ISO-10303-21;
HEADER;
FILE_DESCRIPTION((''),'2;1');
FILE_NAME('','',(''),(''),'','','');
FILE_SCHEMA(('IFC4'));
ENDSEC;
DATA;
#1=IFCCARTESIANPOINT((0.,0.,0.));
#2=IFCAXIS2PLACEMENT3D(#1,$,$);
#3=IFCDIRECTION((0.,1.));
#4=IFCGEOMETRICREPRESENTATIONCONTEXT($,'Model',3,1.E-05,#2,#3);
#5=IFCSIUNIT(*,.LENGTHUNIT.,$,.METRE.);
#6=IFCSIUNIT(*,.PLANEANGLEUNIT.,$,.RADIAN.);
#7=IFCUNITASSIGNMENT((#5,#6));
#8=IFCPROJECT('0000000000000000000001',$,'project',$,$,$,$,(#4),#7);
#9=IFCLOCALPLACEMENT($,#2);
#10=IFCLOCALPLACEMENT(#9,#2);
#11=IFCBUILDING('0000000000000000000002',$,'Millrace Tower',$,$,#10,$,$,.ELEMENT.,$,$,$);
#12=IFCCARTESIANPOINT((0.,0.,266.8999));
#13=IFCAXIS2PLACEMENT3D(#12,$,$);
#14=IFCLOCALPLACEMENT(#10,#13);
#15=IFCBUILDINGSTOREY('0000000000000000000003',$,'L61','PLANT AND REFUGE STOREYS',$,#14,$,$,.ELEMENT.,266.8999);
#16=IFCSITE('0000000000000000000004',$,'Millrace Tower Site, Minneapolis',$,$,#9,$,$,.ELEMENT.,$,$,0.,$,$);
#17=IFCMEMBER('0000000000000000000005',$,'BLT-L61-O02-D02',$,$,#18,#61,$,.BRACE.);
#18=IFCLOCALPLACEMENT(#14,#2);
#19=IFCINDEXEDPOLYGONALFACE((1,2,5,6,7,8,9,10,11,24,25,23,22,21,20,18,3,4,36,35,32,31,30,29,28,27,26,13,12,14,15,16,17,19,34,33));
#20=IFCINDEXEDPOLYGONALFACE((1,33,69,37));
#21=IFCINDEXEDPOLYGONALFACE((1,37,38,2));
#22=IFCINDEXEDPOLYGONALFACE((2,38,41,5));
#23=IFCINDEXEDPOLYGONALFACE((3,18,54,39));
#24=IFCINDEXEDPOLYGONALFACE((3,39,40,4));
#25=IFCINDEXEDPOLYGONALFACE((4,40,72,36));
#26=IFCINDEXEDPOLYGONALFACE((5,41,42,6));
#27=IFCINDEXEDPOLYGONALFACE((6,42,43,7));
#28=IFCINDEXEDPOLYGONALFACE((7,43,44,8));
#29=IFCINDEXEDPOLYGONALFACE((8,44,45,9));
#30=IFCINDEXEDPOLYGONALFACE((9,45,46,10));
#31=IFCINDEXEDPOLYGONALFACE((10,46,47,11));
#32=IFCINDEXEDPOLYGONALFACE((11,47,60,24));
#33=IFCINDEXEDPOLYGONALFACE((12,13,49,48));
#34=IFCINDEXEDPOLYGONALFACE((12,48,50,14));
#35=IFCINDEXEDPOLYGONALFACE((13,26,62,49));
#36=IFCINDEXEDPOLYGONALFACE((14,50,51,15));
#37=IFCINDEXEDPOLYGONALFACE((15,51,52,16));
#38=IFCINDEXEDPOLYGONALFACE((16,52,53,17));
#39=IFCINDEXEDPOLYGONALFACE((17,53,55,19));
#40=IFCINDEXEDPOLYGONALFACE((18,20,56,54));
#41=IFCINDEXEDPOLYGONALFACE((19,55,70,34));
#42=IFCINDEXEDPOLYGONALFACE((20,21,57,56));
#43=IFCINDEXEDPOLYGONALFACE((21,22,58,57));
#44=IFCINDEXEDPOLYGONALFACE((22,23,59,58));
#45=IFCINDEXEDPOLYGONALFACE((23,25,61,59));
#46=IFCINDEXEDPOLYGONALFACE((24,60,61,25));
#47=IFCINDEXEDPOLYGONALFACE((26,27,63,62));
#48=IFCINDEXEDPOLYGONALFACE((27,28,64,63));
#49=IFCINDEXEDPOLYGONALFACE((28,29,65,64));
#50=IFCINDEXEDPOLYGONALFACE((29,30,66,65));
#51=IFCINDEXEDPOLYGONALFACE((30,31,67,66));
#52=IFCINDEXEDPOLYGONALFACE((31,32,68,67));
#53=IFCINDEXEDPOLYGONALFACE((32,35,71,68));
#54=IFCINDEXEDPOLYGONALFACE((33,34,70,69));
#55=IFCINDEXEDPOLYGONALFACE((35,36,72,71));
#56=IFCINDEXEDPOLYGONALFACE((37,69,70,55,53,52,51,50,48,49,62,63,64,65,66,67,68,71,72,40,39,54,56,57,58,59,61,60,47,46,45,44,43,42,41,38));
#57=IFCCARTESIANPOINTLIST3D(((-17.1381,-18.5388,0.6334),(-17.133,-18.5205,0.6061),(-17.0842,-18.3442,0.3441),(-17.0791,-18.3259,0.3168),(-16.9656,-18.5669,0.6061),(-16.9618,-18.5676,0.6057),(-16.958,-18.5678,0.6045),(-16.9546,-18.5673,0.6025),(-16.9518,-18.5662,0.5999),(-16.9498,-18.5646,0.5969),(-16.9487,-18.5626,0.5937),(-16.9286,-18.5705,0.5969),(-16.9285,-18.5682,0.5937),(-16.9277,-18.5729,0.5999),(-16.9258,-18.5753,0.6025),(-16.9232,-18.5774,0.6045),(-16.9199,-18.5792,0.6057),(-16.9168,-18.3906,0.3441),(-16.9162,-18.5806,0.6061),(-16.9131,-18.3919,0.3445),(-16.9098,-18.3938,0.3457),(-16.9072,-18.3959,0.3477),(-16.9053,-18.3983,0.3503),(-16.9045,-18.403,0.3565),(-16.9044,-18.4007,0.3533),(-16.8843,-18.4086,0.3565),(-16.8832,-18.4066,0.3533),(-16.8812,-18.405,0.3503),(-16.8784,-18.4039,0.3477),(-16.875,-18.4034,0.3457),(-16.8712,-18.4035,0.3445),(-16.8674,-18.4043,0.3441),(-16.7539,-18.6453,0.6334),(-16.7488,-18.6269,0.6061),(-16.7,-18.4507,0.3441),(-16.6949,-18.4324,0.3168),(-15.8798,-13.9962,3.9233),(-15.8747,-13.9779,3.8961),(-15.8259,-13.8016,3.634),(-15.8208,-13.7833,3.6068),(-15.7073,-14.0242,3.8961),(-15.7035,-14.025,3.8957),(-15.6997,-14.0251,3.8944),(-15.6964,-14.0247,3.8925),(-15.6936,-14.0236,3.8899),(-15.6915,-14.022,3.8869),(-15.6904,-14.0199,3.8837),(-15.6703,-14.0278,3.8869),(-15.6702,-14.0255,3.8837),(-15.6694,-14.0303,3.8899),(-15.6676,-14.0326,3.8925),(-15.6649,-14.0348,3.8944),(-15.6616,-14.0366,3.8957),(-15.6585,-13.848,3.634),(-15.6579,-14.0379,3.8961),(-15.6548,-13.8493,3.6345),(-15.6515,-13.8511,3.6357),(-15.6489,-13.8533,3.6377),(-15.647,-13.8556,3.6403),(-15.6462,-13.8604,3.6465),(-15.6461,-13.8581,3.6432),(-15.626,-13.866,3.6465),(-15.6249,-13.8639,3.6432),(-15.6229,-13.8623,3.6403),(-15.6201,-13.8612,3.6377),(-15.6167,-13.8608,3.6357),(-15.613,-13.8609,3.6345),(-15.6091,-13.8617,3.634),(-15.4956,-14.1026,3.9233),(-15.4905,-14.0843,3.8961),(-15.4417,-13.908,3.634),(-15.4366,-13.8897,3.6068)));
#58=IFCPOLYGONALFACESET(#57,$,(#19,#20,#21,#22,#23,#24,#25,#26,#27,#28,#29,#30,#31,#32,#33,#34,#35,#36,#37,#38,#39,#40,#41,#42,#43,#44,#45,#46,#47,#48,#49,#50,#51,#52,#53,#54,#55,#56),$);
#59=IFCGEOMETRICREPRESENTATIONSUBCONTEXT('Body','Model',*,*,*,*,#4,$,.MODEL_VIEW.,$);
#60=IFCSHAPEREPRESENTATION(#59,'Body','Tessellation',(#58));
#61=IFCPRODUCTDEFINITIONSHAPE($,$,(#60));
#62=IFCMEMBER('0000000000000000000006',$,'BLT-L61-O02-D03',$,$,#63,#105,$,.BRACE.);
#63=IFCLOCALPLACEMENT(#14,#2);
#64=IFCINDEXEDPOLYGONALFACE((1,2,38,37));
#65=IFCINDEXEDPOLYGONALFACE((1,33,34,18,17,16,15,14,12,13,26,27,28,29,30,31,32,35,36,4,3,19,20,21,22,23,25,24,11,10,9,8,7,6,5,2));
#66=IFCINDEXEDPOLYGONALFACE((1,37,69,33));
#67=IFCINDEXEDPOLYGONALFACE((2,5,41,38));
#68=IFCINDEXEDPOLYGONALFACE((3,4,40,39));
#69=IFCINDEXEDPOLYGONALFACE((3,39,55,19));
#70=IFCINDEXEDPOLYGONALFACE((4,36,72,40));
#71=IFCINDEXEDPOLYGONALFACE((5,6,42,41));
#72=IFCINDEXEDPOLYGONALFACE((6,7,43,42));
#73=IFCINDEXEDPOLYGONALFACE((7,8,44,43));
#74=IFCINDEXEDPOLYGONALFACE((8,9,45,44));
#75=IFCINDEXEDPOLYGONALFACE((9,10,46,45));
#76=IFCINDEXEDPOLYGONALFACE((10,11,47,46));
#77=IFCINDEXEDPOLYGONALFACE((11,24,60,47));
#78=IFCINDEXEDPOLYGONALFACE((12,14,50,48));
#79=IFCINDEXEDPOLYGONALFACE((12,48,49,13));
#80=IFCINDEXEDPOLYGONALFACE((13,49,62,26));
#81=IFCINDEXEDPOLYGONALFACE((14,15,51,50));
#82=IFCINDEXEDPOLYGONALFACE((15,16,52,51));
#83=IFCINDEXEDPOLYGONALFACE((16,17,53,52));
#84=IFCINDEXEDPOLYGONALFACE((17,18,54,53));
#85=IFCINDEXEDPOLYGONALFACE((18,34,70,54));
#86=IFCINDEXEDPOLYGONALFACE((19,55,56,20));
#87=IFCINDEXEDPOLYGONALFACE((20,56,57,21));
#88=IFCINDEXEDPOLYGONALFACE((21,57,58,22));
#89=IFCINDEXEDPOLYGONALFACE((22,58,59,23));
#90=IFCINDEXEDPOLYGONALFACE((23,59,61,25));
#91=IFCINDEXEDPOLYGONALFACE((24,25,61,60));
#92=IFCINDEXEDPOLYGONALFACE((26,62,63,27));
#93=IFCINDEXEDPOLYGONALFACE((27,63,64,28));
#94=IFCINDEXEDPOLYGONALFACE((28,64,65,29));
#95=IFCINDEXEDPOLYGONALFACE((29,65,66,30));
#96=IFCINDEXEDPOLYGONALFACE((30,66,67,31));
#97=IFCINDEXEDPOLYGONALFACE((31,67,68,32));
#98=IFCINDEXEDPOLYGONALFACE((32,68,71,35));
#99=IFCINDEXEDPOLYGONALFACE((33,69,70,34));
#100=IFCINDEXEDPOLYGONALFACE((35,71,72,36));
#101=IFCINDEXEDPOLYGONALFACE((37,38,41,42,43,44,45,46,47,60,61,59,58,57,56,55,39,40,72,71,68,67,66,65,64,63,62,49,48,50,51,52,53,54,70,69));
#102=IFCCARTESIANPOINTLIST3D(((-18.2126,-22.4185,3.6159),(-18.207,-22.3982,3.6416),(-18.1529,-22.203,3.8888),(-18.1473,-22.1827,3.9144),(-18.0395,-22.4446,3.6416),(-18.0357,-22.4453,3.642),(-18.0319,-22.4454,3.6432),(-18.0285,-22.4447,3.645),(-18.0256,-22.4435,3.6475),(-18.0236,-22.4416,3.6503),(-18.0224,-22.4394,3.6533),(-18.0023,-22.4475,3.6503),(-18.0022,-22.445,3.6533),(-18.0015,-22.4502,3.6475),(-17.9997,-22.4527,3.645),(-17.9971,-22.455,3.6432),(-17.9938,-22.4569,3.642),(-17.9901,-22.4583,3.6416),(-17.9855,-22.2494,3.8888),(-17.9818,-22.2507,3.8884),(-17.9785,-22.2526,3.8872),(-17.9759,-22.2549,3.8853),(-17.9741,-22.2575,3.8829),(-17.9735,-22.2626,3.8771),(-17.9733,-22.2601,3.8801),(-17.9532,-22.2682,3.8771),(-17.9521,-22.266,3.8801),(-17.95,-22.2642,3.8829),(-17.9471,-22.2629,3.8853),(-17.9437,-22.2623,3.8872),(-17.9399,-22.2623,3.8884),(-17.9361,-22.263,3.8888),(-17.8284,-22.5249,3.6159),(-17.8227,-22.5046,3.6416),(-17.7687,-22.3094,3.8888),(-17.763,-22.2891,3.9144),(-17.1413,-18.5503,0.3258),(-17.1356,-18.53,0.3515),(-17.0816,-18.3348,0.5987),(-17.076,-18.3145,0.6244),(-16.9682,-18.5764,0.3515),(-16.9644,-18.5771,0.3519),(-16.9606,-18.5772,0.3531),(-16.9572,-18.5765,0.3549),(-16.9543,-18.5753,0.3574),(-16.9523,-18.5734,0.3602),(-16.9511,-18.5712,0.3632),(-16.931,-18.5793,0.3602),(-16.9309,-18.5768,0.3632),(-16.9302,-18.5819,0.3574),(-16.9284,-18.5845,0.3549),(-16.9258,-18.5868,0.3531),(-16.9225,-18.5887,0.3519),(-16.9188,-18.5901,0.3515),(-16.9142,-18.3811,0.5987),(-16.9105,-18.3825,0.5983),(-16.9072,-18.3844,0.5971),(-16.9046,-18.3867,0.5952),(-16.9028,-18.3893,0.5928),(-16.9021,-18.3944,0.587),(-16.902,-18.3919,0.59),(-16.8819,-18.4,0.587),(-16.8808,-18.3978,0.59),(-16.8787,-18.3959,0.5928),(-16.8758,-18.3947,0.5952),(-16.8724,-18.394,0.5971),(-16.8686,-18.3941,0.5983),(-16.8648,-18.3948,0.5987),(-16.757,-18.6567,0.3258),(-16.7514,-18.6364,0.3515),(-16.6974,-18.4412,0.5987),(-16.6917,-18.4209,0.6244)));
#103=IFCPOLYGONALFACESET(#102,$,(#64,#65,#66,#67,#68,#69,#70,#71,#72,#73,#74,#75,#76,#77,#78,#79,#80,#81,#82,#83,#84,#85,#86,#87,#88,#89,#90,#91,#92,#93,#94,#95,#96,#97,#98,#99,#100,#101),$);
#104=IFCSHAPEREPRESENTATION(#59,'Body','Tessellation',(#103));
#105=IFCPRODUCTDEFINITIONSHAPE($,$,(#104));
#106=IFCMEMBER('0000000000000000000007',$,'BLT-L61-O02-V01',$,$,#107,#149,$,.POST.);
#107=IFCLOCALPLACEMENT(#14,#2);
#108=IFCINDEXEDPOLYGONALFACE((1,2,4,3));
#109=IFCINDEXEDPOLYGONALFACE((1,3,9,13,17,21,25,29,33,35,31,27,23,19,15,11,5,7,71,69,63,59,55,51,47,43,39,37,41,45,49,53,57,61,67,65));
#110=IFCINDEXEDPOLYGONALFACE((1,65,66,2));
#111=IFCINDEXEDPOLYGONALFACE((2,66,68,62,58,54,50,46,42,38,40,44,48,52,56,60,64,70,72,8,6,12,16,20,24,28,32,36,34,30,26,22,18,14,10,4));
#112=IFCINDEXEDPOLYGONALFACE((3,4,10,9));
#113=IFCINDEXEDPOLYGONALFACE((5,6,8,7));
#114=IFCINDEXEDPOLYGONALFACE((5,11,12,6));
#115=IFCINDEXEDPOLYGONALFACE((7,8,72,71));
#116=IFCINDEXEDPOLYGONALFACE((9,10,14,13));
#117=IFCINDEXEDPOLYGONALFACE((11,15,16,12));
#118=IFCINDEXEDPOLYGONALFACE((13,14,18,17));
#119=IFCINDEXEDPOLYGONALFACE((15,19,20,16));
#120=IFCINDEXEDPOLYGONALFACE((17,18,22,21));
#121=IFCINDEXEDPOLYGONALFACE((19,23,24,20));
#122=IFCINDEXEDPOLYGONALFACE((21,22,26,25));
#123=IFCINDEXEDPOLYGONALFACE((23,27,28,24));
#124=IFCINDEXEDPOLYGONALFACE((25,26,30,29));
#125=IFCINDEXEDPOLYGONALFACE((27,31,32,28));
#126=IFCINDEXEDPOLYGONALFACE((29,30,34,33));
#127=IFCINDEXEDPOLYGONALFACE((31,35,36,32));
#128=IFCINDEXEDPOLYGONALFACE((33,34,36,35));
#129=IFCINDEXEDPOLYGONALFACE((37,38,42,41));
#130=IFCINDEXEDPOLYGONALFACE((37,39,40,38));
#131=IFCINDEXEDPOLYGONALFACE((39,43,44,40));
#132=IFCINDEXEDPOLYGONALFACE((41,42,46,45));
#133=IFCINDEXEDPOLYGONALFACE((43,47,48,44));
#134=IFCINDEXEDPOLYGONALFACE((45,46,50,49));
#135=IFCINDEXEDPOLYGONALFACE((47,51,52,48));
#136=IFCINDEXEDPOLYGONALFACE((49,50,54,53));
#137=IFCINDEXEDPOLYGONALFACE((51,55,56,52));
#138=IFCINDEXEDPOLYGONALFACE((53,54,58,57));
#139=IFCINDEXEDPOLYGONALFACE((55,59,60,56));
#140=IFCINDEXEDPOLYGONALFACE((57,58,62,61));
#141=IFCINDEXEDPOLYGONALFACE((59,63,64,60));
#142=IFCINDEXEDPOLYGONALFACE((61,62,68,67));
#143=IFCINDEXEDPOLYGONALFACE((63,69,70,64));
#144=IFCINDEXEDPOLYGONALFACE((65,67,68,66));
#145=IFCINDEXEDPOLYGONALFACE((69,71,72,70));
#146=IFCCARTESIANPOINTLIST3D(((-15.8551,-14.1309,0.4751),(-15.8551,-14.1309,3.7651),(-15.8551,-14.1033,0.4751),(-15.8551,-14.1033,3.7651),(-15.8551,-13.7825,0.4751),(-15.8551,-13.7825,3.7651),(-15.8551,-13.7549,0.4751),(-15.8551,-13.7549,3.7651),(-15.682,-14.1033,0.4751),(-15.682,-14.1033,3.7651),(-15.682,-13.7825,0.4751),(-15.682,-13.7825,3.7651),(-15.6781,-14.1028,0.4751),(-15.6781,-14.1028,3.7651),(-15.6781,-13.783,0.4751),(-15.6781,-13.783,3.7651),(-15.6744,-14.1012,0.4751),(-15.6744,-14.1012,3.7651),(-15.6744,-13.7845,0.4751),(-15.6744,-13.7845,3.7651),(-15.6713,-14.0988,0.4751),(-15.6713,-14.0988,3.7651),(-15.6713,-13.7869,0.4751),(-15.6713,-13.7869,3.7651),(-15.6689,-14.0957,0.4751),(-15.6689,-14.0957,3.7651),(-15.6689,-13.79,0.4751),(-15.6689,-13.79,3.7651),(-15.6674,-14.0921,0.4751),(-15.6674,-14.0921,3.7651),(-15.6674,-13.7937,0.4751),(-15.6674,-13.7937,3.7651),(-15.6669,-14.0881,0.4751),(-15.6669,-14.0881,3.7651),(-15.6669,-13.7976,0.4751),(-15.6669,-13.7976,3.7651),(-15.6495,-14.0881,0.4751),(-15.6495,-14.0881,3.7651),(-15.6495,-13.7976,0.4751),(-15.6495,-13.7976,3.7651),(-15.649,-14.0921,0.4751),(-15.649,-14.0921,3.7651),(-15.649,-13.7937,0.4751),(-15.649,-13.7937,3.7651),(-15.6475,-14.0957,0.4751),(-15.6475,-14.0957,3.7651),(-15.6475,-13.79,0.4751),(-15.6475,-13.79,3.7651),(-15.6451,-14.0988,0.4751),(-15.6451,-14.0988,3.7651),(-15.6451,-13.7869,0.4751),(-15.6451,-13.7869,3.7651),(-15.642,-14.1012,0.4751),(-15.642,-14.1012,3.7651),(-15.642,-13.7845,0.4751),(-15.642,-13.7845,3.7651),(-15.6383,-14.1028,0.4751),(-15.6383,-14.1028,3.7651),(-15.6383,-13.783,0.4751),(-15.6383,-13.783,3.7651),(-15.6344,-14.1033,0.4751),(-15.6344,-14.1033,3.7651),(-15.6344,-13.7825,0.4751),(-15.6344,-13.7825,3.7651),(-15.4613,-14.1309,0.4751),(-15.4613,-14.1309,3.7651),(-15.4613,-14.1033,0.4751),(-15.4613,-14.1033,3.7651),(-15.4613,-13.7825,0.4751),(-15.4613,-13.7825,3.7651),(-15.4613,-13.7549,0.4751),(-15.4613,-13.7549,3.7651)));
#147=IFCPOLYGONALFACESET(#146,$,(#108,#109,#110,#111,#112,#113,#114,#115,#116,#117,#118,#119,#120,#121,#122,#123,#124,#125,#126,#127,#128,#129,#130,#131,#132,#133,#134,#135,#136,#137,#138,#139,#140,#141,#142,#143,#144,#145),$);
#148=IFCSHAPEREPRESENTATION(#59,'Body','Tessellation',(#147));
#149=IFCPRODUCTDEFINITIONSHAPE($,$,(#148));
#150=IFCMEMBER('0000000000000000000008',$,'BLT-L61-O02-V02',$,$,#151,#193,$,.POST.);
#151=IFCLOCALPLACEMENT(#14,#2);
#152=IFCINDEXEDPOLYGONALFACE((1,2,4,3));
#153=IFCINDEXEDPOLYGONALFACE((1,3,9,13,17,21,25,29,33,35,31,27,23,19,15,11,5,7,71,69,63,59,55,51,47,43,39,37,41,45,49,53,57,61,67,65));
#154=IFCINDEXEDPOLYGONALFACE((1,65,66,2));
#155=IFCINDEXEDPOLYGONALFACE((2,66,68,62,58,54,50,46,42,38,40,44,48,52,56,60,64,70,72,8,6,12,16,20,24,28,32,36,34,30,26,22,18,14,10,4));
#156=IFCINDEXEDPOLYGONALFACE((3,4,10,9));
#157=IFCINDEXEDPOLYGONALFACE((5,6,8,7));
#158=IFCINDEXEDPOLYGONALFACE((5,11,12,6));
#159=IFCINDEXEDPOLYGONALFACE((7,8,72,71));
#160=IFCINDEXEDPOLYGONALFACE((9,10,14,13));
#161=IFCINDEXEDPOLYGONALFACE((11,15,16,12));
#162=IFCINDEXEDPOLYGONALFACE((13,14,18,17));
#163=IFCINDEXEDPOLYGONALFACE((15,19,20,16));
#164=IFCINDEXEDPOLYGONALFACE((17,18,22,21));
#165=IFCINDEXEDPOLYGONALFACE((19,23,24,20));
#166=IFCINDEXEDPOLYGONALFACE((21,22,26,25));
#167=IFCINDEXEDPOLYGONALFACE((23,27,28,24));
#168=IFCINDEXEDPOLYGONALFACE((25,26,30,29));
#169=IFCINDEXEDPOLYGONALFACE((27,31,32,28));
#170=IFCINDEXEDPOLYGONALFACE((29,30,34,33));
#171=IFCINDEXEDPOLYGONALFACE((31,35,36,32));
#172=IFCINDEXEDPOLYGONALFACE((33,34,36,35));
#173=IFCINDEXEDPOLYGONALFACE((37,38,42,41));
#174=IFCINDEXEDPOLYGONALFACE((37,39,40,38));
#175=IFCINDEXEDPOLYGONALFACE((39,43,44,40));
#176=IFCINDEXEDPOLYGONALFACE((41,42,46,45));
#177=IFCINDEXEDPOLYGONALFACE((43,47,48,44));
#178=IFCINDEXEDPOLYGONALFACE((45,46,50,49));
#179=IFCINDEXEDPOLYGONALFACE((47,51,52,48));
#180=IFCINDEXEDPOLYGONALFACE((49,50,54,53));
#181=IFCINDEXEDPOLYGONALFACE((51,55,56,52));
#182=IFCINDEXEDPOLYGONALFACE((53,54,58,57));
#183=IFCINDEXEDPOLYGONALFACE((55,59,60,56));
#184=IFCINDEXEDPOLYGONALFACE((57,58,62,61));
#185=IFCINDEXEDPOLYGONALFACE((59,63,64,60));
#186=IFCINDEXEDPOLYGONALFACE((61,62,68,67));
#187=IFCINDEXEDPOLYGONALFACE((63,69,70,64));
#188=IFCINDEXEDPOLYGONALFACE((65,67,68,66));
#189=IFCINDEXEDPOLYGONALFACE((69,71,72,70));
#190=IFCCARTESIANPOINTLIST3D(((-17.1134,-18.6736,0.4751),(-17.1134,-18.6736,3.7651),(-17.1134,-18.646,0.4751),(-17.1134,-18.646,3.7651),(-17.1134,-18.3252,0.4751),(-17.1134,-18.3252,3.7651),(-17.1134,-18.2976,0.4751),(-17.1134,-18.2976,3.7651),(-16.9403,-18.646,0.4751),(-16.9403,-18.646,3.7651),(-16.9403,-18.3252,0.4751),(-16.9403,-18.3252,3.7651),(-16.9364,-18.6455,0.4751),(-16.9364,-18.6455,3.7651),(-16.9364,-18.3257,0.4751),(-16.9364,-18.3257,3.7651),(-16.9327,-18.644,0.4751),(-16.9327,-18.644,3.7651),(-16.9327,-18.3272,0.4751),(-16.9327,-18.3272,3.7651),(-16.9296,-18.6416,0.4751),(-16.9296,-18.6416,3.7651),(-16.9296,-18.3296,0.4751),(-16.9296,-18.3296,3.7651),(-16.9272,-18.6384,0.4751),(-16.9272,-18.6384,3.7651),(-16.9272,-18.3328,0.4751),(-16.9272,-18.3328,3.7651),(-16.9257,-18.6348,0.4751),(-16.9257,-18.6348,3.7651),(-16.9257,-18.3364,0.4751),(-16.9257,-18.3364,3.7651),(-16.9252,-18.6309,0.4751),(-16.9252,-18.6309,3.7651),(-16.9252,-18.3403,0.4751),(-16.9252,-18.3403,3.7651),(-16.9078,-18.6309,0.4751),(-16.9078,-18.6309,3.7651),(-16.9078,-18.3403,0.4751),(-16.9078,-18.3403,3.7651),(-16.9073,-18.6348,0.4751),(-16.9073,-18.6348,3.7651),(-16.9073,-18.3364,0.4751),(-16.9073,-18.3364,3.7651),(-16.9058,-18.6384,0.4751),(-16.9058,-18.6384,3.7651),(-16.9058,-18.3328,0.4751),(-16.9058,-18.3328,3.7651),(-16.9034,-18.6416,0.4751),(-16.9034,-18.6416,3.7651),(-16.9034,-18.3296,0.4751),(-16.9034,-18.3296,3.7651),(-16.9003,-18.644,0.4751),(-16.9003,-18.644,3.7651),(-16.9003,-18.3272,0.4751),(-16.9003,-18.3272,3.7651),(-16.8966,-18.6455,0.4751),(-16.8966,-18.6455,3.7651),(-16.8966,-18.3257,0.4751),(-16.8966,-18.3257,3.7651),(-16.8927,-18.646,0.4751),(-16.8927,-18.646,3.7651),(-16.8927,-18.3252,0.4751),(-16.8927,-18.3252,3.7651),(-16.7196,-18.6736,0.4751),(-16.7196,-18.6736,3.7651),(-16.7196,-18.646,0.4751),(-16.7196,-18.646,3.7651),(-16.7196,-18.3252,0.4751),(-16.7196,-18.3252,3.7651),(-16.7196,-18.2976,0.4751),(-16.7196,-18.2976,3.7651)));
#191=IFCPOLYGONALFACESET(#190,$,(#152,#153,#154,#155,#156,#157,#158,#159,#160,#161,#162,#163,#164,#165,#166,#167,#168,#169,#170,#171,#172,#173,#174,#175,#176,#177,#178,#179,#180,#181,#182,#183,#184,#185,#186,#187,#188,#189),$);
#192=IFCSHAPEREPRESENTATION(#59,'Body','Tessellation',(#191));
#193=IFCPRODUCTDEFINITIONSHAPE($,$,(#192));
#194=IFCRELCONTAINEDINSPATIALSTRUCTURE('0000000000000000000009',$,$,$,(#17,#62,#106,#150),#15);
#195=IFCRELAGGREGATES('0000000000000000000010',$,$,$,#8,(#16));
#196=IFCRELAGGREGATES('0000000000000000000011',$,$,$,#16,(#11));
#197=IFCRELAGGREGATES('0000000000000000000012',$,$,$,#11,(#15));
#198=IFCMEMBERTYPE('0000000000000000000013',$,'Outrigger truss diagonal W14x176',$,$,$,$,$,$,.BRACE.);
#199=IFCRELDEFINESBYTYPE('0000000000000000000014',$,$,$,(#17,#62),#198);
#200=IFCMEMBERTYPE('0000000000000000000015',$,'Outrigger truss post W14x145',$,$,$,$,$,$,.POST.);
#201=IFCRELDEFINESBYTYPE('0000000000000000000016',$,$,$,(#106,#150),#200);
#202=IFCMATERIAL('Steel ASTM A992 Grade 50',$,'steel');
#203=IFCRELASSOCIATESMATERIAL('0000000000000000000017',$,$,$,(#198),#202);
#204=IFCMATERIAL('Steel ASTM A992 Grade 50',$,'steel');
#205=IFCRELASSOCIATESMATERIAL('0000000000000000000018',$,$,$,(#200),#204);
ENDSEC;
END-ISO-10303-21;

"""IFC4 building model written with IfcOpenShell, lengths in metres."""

from ifc_helpers import new_model, si_unit, direction, frame, origin, origin_2d, place, context, subcontext, project, spatial, i_section, extrude, material, material_profile, profile_set, type_object, element, save


model = new_model("IFC4")

# Units and contexts
model_context = context("Model", 3, precision=1e-05, world=origin(), true_north=direction((0.0, 1.0)))
body_context = subcontext(model_context, "Body", "Model", "MODEL_VIEW")
ifc_project = project(units=[si_unit("LENGTHUNIT", "METRE"), si_unit("PLANEANGLEUNIT", "RADIAN")], contexts=[model_context])

# Site, building, storey
site_placement = place(None, origin())
site = spatial("IfcSite", under=ifc_project, at=site_placement, Name="Millrace Tower Site, Minneapolis", CompositionType="ELEMENT", RefElevation=0.0)
building_placement = place(site_placement, origin())
building = spatial("IfcBuilding", under=site, at=building_placement, Name="Millrace Tower", CompositionType="ELEMENT")
storey_placement = place(building_placement, frame((0.0, 0.0, 266.8999)))
storey = spatial("IfcBuildingStorey", under=building, at=storey_placement, Name="L61", Description="PLANT AND REFUGE STOREYS", CompositionType="ELEMENT", Elevation=266.8999)

# Members
ifc_material_1 = material(Name="Steel ASTM A992 Grade 50", Category="steel")
ifc_material_profile_1 = material_profile(ifc_material_1, i_section(OverallWidth=0.3987, OverallDepth=0.386, WebThickness=0.021, FlangeThickness=0.0332, FilletRadius=0.0151, at=origin_2d()))
ifc_profile_set_1 = profile_set([ifc_material_profile_1], Name="Steel ASTM A992 Grade 50")
member_type_1 = type_object("IfcMemberType", Name="Outrigger truss diagonal W14x176", PredefinedType="BRACE", material=ifc_profile_set_1)
member_1_placement = place(storey_placement, frame((-16.9165, -18.4856, 0.4751), z_axis=(0.218896, 0.79026, 0.572341), x_axis=(-0.963713, 0.266941, 0.0)))
element("IfcMember", 1, at=member_1_placement, inside=storey, type_object=member_type_1, Name="BLT-L61-O02-D02", PredefinedType="BRACE", context=body_context, shape_type="SweptSolid", body=[
    extrude(i_section(OverallWidth=0.3987, OverallDepth=0.386, WebThickness=0.021, FlangeThickness=0.0332, FilletRadius=0.0151, at=origin_2d()), origin(), (0.0, 0.0, 1.0), 5.7483),
])
member_2_placement = place(storey_placement, frame((-16.9165, -18.4856, 0.4751), z_axis=(-0.206419, -0.74533, 0.633935), x_axis=(0.963723, -0.266903, 0.0)))
element("IfcMember", 2, at=member_2_placement, inside=storey, type_object=member_type_1, Name="BLT-L61-O02-D03", PredefinedType="BRACE", context=body_context, shape_type="SweptSolid", body=[
    extrude(i_section(OverallWidth=0.3987, OverallDepth=0.386, WebThickness=0.021, FlangeThickness=0.0332, FilletRadius=0.0151, at=origin_2d()), origin(), (0.0, 0.0, 1.0), 5.1899),
])
ifc_material_2 = material(Name="Steel ASTM A992 Grade 50", Category="steel")
ifc_material_profile_2 = material_profile(ifc_material_2, i_section(OverallWidth=0.3938, OverallDepth=0.376, WebThickness=0.0173, FlangeThickness=0.0276, FilletRadius=0.0151, at=origin_2d()))
ifc_profile_set_2 = profile_set([ifc_material_profile_2], Name="Steel ASTM A992 Grade 50")
member_type_2 = type_object("IfcMemberType", Name="Outrigger truss post W14x145", PredefinedType="POST", material=ifc_profile_set_2)
for number, where, z_axis, x_axis, name in (
    (3, (-15.6582, -13.9429, 0.4751), (0.0, 0.0, 1.0), (1.0, 0.0, 0.0), "BLT-L61-O02-V01"),
    (4, (-16.9165, -18.4856, 0.4751), (0.0, 0.0, 1.0), (1.0, 0.0, 0.0), "BLT-L61-O02-V02"),
):
    element("IfcMember", number, at=place(storey_placement, frame(where, z_axis=z_axis, x_axis=x_axis)), inside=storey, type_object=member_type_2, Name=name, PredefinedType="POST", context=body_context, shape_type="SweptSolid", body=[
        extrude(i_section(OverallWidth=0.3938, OverallDepth=0.376, WebThickness=0.0173, FlangeThickness=0.0276, FilletRadius=0.0151, at=origin_2d()), origin(), (0.0, 0.0, 1.0), 3.29),
    ])

save(model, "model.ifc")
